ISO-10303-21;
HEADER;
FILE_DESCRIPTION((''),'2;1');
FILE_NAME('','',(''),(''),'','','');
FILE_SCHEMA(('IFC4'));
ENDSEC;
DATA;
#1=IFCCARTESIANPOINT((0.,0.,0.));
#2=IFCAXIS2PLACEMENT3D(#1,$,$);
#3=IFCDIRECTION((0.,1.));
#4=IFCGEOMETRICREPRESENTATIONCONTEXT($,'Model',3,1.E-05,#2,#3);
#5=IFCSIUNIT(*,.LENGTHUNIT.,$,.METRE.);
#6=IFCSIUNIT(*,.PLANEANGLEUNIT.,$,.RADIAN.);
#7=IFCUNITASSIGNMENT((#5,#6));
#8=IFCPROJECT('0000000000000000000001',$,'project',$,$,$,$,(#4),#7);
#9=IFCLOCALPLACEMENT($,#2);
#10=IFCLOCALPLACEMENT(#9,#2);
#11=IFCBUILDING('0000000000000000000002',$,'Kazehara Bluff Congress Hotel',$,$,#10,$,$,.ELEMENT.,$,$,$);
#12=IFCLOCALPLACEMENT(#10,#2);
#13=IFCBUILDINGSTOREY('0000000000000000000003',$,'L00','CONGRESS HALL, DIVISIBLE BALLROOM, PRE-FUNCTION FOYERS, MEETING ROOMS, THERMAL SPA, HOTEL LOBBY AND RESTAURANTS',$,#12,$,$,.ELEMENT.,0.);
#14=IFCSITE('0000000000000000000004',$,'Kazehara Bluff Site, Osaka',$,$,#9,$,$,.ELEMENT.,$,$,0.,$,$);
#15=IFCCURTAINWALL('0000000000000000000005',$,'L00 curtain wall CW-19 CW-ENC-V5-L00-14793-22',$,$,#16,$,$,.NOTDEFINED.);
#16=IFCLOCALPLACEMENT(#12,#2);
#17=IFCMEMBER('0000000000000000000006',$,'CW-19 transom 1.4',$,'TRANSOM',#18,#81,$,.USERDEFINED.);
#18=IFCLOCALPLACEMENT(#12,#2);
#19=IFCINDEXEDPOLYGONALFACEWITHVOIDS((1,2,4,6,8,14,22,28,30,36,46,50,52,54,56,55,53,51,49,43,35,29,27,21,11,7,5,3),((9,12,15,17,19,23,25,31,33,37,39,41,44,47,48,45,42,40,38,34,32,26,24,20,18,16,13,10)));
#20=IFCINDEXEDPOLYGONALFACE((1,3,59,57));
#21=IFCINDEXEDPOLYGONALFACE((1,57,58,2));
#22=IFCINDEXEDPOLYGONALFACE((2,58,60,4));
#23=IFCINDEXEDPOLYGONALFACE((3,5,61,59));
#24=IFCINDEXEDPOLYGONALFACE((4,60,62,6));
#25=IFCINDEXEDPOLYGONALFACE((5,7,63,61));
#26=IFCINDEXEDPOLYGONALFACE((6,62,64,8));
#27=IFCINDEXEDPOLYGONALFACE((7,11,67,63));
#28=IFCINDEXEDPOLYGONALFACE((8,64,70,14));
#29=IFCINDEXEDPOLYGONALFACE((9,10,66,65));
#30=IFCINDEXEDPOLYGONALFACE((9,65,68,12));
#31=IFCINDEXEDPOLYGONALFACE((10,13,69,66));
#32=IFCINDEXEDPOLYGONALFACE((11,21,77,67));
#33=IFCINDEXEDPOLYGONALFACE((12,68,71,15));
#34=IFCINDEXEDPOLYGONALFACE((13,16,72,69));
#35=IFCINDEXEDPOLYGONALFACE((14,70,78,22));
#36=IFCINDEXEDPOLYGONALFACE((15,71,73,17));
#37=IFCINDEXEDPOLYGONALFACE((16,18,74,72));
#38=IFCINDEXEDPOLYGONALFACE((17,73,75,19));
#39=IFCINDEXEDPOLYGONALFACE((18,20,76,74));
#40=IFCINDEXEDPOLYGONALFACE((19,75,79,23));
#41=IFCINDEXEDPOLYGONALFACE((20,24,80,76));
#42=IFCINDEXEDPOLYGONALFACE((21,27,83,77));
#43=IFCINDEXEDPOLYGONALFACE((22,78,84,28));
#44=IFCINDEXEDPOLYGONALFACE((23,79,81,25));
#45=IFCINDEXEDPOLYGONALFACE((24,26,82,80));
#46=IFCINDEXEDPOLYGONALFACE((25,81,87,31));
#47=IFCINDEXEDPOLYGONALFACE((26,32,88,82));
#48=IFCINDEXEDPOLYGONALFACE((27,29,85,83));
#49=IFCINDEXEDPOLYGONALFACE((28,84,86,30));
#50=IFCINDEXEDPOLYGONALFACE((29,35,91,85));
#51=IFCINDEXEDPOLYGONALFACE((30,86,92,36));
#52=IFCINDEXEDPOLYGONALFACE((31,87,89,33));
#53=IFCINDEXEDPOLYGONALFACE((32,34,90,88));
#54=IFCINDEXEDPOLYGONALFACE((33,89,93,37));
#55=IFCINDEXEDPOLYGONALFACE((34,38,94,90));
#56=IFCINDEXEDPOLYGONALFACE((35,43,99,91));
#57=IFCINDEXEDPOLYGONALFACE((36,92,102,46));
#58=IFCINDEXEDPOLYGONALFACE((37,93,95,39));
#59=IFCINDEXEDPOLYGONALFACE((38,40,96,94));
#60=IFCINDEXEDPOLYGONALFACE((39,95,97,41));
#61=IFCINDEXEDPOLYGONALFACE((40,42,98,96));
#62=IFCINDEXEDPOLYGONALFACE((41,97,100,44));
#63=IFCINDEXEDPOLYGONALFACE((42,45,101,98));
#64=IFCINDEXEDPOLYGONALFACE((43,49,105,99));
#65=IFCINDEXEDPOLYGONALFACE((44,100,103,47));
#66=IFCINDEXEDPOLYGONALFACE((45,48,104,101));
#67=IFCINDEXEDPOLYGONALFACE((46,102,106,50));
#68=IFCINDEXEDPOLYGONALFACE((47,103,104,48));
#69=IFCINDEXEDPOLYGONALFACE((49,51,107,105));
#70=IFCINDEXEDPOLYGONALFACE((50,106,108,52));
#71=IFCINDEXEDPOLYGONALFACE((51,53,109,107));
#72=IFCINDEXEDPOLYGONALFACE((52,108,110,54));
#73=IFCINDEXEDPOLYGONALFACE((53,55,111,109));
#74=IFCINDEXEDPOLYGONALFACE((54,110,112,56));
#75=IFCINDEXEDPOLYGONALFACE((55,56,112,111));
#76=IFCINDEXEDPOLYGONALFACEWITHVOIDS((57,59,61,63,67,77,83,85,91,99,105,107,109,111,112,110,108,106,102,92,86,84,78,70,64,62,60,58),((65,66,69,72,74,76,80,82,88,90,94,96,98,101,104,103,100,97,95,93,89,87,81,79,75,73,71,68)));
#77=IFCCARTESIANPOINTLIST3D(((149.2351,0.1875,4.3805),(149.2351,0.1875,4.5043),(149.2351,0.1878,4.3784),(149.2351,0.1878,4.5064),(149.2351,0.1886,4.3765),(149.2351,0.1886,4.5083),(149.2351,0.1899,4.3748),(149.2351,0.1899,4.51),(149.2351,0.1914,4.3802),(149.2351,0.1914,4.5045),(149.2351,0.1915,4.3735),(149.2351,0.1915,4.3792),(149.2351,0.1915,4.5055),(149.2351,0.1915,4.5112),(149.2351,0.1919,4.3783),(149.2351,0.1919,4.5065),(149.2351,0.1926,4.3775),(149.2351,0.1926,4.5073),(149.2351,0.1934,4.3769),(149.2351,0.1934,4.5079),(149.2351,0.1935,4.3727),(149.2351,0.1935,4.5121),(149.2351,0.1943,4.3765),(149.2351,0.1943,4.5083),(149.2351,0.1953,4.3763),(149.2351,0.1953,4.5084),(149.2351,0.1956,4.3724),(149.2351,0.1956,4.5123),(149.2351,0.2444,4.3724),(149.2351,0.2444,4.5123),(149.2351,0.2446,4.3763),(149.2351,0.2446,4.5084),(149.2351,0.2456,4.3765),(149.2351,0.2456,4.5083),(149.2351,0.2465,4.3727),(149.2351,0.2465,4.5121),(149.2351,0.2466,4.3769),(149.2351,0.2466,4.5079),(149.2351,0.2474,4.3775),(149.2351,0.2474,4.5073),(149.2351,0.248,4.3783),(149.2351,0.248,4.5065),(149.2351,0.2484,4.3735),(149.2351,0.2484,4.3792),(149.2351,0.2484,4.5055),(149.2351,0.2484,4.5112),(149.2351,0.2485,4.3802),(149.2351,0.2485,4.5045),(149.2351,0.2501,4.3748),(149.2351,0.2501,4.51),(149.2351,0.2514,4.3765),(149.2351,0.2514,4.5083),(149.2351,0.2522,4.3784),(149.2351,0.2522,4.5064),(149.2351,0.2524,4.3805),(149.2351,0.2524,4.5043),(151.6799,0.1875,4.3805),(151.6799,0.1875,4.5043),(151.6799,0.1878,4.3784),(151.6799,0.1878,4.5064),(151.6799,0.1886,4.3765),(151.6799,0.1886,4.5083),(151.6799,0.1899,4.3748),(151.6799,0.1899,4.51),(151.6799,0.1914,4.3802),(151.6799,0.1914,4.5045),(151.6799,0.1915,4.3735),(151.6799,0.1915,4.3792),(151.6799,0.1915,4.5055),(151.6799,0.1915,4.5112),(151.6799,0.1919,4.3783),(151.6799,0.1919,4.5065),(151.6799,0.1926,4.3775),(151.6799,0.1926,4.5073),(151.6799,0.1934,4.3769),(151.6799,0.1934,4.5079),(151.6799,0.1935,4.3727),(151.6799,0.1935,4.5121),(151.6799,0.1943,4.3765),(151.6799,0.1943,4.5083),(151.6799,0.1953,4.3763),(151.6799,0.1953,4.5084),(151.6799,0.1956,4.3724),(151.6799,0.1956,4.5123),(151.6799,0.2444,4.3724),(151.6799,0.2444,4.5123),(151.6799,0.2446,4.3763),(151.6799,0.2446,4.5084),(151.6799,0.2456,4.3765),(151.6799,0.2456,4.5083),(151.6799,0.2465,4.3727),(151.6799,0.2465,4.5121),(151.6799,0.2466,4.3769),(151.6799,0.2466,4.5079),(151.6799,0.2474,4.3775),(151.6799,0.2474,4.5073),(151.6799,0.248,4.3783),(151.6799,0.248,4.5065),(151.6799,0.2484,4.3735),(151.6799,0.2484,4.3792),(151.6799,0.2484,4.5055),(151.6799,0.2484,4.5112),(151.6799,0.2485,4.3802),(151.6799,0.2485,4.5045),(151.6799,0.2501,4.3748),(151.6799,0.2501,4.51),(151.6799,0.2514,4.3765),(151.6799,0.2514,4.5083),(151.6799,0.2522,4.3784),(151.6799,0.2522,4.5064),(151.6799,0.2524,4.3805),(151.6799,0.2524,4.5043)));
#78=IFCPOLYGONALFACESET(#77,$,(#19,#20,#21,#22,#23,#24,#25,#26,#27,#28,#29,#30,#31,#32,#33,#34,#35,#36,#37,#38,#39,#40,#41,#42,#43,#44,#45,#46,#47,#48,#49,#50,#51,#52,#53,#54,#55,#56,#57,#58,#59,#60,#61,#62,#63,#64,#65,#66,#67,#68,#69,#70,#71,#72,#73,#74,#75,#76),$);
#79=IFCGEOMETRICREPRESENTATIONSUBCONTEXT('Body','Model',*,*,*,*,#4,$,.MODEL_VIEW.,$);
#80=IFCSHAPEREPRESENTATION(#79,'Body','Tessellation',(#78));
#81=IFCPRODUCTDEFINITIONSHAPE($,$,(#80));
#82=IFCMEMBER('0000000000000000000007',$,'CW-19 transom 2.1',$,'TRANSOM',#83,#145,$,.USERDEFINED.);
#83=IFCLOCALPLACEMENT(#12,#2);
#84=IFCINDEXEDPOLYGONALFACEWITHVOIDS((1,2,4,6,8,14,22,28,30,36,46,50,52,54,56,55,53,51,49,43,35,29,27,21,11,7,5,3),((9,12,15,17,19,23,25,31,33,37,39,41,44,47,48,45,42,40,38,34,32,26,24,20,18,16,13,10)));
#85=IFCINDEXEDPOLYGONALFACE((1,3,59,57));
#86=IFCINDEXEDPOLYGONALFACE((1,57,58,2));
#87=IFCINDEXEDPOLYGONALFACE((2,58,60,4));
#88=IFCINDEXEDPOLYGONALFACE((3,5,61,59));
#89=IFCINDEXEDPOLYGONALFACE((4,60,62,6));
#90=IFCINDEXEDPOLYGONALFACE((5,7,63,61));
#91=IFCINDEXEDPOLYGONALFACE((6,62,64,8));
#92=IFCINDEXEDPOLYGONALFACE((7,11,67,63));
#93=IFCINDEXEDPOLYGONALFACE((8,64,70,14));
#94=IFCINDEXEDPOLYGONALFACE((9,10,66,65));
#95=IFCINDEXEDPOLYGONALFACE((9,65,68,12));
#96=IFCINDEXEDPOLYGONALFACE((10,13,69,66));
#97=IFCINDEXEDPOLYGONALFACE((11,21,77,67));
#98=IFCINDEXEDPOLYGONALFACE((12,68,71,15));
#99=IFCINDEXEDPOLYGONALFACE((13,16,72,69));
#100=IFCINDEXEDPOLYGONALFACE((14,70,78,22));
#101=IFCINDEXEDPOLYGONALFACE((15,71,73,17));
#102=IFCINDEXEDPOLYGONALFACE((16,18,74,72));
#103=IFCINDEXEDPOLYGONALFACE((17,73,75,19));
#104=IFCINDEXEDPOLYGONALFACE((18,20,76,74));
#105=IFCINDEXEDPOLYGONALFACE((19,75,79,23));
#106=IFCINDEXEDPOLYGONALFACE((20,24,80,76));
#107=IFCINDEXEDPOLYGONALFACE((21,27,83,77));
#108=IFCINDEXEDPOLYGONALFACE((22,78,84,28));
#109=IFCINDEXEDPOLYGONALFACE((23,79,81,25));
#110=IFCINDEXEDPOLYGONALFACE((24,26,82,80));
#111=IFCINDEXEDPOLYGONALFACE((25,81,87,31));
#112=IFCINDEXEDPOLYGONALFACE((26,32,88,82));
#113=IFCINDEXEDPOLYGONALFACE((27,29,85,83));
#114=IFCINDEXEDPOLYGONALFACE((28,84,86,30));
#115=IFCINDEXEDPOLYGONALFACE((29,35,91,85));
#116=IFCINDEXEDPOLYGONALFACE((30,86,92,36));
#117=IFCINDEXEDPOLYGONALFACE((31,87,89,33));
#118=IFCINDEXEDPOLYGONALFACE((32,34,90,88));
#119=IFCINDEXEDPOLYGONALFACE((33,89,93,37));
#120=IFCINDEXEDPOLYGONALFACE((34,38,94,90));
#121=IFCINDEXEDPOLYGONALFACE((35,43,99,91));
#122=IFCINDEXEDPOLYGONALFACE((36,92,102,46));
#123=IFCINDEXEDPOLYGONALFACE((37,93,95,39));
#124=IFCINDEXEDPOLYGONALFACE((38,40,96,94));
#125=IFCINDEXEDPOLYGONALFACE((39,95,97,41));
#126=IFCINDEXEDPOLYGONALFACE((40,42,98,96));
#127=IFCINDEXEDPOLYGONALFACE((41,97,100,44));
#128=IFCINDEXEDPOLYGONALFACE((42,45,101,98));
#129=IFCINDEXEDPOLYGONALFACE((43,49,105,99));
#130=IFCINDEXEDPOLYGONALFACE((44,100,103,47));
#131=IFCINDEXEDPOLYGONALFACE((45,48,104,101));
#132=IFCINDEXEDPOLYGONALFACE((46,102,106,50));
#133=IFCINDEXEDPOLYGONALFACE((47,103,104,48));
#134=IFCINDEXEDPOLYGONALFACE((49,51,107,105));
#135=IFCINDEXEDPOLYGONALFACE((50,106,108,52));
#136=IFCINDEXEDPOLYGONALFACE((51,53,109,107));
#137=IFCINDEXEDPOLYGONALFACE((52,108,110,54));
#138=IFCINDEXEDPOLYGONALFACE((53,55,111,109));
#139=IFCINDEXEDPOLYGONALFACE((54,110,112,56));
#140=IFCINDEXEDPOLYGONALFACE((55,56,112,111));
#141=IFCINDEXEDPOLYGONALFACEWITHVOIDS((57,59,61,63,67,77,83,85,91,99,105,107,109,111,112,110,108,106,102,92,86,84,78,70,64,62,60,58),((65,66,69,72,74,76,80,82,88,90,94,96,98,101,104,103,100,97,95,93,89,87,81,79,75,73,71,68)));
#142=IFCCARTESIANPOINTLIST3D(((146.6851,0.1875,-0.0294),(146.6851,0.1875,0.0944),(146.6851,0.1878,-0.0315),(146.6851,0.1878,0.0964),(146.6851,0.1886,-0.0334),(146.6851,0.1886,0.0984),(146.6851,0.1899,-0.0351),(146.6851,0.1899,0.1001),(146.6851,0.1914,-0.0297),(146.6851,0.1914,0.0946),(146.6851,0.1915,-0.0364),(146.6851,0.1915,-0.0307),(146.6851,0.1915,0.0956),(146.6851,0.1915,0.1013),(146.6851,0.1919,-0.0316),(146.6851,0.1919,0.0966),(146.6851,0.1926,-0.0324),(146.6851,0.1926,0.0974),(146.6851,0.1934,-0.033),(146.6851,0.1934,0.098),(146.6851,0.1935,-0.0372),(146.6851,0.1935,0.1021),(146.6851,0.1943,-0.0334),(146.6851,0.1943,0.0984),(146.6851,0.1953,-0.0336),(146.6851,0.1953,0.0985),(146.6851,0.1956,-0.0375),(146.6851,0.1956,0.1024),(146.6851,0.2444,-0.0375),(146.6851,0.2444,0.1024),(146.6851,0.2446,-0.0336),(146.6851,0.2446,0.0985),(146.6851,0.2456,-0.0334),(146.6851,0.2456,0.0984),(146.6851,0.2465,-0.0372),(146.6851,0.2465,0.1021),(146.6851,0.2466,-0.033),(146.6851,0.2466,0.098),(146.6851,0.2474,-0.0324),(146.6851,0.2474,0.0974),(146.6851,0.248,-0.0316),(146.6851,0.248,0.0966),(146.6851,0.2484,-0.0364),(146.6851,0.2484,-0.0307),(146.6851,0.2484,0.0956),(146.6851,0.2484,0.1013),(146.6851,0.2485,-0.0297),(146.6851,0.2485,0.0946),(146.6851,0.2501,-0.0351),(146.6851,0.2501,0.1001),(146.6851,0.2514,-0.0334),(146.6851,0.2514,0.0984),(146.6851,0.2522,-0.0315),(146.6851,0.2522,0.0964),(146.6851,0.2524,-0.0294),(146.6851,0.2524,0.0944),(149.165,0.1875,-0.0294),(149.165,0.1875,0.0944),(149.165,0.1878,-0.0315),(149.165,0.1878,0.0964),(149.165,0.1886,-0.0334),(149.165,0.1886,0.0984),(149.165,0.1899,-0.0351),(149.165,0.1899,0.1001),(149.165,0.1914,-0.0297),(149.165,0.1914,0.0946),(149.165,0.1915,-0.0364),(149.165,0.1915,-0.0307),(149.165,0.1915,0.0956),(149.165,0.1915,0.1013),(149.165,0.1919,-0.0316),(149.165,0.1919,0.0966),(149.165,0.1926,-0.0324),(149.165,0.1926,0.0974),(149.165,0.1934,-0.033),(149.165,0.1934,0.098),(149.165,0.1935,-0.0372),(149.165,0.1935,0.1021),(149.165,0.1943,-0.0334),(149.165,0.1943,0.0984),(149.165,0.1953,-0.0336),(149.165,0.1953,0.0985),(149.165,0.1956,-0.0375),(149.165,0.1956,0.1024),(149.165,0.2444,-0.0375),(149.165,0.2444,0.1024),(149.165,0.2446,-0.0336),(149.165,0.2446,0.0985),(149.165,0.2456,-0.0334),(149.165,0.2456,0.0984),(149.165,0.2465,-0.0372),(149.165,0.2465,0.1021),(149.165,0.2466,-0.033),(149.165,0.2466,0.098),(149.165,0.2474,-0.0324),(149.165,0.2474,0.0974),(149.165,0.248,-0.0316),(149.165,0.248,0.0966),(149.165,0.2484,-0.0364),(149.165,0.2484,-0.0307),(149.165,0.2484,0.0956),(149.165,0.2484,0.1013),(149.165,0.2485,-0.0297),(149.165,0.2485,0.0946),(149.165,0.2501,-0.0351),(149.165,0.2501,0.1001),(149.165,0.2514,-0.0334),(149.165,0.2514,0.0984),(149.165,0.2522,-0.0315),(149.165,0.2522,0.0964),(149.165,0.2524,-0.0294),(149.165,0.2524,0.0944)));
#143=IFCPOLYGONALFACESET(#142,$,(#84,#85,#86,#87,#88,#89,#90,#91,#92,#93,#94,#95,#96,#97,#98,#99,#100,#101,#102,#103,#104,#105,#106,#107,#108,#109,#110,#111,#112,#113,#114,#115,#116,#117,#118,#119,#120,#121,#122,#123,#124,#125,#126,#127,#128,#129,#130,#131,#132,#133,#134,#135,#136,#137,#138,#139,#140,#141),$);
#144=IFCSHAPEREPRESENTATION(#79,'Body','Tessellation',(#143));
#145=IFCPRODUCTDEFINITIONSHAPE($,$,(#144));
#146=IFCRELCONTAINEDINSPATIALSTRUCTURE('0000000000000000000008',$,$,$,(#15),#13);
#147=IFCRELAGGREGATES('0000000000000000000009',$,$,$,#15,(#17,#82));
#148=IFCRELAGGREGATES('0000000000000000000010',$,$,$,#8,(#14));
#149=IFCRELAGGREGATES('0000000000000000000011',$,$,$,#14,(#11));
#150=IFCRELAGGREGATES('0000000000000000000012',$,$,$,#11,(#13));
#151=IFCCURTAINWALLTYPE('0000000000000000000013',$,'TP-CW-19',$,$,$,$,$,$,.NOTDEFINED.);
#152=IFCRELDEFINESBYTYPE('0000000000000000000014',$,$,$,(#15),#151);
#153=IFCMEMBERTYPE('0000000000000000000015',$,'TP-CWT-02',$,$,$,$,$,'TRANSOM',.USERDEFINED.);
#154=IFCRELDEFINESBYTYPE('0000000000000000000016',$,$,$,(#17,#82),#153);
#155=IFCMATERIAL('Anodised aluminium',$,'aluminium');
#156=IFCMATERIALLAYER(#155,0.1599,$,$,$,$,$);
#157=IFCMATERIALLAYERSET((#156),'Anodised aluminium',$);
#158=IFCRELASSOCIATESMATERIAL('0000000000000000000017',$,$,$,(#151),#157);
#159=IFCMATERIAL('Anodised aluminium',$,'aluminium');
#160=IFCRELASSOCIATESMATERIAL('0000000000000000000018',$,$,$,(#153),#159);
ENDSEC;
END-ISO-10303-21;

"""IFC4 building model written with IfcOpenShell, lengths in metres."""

from ifc_helpers import new_model, si_unit, direction, frame, origin, origin_2d, place, context, subcontext, project, spatial, hollow_rectangle, extrude, material, layer, layer_set, material_profile, profile_set, type_object, element, aggregate, save


model = new_model("IFC4")

# Units and contexts
model_context = context("Model", 3, precision=1e-05, world=origin(), true_north=direction((0.0, 1.0)))
body_context = subcontext(model_context, "Body", "Model", "MODEL_VIEW")
ifc_project = project(units=[si_unit("LENGTHUNIT", "METRE"), si_unit("PLANEANGLEUNIT", "RADIAN")], contexts=[model_context])

# Site, building, storey
site_placement = place(None, origin())
site = spatial("IfcSite", under=ifc_project, at=site_placement, Name="Kazehara Bluff Site, Osaka", CompositionType="ELEMENT", RefElevation=0.0)
building_placement = place(site_placement, origin())
building = spatial("IfcBuilding", under=site, at=building_placement, Name="Kazehara Bluff Congress Hotel", CompositionType="ELEMENT")
storey_placement = place(building_placement, origin())
storey = spatial("IfcBuildingStorey", under=building, at=storey_placement, Name="L00", Description="CONGRESS HALL, DIVISIBLE BALLROOM, PRE-FUNCTION FOYERS, MEETING ROOMS, THERMAL SPA, HOTEL LOBBY AND RESTAURANTS", CompositionType="ELEMENT", Elevation=0.0)

# Curtain wall, members
ifc_material_1 = material(Name="Anodised aluminium", Category="aluminium")
ifc_layer_1 = layer(ifc_material_1, 0.1599)
ifc_layer_set_1 = layer_set([ifc_layer_1], Name="Anodised aluminium")
curtain_wall_type = type_object("IfcCurtainWallType", Name="TP-CW-19", PredefinedType="NOTDEFINED", material=ifc_layer_set_1)
curtain_wall_placement = place(storey_placement, origin())
curtain_wall = element("IfcCurtainWall", 1, at=curtain_wall_placement, inside=storey, type_object=curtain_wall_type, Name="L00 curtain wall CW-19 CW-ENC-V5-L00-14793-22", PredefinedType="NOTDEFINED")
ifc_material_2 = material(Name="Anodised aluminium", Category="aluminium")
ifc_material_profile_1 = material_profile(ifc_material_2, hollow_rectangle(XDim=0.0649, YDim=0.1399, WallThickness=0.0039, InnerFilletRadius=0.0039, OuterFilletRadius=0.0081, at=origin_2d()))
ifc_profile_set_1 = profile_set([ifc_material_profile_1], Name="Anodised aluminium")
member_type_1 = type_object("IfcMemberType", Name="TP-CWT-02", ElementType="TRANSOM", PredefinedType="USERDEFINED", material=ifc_profile_set_1)
member_1_placement = place(storey_placement, frame((151.6799, 0.22, 4.4424), z_axis=(-1.0, 0.0, 0.0), x_axis=(0.0, -1.0, 0.0)))
member_1 = element("IfcMember", 2, at=member_1_placement, type_object=member_type_1, Name="CW-19 transom 1.4", ObjectType="TRANSOM", PredefinedType="USERDEFINED", context=body_context, shape_type="SweptSolid", body=[
    extrude(hollow_rectangle(XDim=0.0649, YDim=0.1399, WallThickness=0.0039, InnerFilletRadius=0.0039, OuterFilletRadius=0.0081, at=origin_2d()), origin(), (0.0, 0.0, 1.0), 2.4448),
])
member_2_placement = place(storey_placement, frame((149.165, 0.22, 0.0325), z_axis=(-1.0, 0.0, 0.0), x_axis=(0.0, -1.0, 0.0)))
member_2 = element("IfcMember", 3, at=member_2_placement, type_object=member_type_1, Name="CW-19 transom 2.1", ObjectType="TRANSOM", PredefinedType="USERDEFINED", context=body_context, shape_type="SweptSolid", body=[
    extrude(hollow_rectangle(XDim=0.0649, YDim=0.1399, WallThickness=0.0039, InnerFilletRadius=0.0039, OuterFilletRadius=0.0081, at=origin_2d()), origin(), (0.0, 0.0, 1.0), 2.48),
])

aggregate(curtain_wall, [member_1, member_2])

save(model, "model.ifc")
